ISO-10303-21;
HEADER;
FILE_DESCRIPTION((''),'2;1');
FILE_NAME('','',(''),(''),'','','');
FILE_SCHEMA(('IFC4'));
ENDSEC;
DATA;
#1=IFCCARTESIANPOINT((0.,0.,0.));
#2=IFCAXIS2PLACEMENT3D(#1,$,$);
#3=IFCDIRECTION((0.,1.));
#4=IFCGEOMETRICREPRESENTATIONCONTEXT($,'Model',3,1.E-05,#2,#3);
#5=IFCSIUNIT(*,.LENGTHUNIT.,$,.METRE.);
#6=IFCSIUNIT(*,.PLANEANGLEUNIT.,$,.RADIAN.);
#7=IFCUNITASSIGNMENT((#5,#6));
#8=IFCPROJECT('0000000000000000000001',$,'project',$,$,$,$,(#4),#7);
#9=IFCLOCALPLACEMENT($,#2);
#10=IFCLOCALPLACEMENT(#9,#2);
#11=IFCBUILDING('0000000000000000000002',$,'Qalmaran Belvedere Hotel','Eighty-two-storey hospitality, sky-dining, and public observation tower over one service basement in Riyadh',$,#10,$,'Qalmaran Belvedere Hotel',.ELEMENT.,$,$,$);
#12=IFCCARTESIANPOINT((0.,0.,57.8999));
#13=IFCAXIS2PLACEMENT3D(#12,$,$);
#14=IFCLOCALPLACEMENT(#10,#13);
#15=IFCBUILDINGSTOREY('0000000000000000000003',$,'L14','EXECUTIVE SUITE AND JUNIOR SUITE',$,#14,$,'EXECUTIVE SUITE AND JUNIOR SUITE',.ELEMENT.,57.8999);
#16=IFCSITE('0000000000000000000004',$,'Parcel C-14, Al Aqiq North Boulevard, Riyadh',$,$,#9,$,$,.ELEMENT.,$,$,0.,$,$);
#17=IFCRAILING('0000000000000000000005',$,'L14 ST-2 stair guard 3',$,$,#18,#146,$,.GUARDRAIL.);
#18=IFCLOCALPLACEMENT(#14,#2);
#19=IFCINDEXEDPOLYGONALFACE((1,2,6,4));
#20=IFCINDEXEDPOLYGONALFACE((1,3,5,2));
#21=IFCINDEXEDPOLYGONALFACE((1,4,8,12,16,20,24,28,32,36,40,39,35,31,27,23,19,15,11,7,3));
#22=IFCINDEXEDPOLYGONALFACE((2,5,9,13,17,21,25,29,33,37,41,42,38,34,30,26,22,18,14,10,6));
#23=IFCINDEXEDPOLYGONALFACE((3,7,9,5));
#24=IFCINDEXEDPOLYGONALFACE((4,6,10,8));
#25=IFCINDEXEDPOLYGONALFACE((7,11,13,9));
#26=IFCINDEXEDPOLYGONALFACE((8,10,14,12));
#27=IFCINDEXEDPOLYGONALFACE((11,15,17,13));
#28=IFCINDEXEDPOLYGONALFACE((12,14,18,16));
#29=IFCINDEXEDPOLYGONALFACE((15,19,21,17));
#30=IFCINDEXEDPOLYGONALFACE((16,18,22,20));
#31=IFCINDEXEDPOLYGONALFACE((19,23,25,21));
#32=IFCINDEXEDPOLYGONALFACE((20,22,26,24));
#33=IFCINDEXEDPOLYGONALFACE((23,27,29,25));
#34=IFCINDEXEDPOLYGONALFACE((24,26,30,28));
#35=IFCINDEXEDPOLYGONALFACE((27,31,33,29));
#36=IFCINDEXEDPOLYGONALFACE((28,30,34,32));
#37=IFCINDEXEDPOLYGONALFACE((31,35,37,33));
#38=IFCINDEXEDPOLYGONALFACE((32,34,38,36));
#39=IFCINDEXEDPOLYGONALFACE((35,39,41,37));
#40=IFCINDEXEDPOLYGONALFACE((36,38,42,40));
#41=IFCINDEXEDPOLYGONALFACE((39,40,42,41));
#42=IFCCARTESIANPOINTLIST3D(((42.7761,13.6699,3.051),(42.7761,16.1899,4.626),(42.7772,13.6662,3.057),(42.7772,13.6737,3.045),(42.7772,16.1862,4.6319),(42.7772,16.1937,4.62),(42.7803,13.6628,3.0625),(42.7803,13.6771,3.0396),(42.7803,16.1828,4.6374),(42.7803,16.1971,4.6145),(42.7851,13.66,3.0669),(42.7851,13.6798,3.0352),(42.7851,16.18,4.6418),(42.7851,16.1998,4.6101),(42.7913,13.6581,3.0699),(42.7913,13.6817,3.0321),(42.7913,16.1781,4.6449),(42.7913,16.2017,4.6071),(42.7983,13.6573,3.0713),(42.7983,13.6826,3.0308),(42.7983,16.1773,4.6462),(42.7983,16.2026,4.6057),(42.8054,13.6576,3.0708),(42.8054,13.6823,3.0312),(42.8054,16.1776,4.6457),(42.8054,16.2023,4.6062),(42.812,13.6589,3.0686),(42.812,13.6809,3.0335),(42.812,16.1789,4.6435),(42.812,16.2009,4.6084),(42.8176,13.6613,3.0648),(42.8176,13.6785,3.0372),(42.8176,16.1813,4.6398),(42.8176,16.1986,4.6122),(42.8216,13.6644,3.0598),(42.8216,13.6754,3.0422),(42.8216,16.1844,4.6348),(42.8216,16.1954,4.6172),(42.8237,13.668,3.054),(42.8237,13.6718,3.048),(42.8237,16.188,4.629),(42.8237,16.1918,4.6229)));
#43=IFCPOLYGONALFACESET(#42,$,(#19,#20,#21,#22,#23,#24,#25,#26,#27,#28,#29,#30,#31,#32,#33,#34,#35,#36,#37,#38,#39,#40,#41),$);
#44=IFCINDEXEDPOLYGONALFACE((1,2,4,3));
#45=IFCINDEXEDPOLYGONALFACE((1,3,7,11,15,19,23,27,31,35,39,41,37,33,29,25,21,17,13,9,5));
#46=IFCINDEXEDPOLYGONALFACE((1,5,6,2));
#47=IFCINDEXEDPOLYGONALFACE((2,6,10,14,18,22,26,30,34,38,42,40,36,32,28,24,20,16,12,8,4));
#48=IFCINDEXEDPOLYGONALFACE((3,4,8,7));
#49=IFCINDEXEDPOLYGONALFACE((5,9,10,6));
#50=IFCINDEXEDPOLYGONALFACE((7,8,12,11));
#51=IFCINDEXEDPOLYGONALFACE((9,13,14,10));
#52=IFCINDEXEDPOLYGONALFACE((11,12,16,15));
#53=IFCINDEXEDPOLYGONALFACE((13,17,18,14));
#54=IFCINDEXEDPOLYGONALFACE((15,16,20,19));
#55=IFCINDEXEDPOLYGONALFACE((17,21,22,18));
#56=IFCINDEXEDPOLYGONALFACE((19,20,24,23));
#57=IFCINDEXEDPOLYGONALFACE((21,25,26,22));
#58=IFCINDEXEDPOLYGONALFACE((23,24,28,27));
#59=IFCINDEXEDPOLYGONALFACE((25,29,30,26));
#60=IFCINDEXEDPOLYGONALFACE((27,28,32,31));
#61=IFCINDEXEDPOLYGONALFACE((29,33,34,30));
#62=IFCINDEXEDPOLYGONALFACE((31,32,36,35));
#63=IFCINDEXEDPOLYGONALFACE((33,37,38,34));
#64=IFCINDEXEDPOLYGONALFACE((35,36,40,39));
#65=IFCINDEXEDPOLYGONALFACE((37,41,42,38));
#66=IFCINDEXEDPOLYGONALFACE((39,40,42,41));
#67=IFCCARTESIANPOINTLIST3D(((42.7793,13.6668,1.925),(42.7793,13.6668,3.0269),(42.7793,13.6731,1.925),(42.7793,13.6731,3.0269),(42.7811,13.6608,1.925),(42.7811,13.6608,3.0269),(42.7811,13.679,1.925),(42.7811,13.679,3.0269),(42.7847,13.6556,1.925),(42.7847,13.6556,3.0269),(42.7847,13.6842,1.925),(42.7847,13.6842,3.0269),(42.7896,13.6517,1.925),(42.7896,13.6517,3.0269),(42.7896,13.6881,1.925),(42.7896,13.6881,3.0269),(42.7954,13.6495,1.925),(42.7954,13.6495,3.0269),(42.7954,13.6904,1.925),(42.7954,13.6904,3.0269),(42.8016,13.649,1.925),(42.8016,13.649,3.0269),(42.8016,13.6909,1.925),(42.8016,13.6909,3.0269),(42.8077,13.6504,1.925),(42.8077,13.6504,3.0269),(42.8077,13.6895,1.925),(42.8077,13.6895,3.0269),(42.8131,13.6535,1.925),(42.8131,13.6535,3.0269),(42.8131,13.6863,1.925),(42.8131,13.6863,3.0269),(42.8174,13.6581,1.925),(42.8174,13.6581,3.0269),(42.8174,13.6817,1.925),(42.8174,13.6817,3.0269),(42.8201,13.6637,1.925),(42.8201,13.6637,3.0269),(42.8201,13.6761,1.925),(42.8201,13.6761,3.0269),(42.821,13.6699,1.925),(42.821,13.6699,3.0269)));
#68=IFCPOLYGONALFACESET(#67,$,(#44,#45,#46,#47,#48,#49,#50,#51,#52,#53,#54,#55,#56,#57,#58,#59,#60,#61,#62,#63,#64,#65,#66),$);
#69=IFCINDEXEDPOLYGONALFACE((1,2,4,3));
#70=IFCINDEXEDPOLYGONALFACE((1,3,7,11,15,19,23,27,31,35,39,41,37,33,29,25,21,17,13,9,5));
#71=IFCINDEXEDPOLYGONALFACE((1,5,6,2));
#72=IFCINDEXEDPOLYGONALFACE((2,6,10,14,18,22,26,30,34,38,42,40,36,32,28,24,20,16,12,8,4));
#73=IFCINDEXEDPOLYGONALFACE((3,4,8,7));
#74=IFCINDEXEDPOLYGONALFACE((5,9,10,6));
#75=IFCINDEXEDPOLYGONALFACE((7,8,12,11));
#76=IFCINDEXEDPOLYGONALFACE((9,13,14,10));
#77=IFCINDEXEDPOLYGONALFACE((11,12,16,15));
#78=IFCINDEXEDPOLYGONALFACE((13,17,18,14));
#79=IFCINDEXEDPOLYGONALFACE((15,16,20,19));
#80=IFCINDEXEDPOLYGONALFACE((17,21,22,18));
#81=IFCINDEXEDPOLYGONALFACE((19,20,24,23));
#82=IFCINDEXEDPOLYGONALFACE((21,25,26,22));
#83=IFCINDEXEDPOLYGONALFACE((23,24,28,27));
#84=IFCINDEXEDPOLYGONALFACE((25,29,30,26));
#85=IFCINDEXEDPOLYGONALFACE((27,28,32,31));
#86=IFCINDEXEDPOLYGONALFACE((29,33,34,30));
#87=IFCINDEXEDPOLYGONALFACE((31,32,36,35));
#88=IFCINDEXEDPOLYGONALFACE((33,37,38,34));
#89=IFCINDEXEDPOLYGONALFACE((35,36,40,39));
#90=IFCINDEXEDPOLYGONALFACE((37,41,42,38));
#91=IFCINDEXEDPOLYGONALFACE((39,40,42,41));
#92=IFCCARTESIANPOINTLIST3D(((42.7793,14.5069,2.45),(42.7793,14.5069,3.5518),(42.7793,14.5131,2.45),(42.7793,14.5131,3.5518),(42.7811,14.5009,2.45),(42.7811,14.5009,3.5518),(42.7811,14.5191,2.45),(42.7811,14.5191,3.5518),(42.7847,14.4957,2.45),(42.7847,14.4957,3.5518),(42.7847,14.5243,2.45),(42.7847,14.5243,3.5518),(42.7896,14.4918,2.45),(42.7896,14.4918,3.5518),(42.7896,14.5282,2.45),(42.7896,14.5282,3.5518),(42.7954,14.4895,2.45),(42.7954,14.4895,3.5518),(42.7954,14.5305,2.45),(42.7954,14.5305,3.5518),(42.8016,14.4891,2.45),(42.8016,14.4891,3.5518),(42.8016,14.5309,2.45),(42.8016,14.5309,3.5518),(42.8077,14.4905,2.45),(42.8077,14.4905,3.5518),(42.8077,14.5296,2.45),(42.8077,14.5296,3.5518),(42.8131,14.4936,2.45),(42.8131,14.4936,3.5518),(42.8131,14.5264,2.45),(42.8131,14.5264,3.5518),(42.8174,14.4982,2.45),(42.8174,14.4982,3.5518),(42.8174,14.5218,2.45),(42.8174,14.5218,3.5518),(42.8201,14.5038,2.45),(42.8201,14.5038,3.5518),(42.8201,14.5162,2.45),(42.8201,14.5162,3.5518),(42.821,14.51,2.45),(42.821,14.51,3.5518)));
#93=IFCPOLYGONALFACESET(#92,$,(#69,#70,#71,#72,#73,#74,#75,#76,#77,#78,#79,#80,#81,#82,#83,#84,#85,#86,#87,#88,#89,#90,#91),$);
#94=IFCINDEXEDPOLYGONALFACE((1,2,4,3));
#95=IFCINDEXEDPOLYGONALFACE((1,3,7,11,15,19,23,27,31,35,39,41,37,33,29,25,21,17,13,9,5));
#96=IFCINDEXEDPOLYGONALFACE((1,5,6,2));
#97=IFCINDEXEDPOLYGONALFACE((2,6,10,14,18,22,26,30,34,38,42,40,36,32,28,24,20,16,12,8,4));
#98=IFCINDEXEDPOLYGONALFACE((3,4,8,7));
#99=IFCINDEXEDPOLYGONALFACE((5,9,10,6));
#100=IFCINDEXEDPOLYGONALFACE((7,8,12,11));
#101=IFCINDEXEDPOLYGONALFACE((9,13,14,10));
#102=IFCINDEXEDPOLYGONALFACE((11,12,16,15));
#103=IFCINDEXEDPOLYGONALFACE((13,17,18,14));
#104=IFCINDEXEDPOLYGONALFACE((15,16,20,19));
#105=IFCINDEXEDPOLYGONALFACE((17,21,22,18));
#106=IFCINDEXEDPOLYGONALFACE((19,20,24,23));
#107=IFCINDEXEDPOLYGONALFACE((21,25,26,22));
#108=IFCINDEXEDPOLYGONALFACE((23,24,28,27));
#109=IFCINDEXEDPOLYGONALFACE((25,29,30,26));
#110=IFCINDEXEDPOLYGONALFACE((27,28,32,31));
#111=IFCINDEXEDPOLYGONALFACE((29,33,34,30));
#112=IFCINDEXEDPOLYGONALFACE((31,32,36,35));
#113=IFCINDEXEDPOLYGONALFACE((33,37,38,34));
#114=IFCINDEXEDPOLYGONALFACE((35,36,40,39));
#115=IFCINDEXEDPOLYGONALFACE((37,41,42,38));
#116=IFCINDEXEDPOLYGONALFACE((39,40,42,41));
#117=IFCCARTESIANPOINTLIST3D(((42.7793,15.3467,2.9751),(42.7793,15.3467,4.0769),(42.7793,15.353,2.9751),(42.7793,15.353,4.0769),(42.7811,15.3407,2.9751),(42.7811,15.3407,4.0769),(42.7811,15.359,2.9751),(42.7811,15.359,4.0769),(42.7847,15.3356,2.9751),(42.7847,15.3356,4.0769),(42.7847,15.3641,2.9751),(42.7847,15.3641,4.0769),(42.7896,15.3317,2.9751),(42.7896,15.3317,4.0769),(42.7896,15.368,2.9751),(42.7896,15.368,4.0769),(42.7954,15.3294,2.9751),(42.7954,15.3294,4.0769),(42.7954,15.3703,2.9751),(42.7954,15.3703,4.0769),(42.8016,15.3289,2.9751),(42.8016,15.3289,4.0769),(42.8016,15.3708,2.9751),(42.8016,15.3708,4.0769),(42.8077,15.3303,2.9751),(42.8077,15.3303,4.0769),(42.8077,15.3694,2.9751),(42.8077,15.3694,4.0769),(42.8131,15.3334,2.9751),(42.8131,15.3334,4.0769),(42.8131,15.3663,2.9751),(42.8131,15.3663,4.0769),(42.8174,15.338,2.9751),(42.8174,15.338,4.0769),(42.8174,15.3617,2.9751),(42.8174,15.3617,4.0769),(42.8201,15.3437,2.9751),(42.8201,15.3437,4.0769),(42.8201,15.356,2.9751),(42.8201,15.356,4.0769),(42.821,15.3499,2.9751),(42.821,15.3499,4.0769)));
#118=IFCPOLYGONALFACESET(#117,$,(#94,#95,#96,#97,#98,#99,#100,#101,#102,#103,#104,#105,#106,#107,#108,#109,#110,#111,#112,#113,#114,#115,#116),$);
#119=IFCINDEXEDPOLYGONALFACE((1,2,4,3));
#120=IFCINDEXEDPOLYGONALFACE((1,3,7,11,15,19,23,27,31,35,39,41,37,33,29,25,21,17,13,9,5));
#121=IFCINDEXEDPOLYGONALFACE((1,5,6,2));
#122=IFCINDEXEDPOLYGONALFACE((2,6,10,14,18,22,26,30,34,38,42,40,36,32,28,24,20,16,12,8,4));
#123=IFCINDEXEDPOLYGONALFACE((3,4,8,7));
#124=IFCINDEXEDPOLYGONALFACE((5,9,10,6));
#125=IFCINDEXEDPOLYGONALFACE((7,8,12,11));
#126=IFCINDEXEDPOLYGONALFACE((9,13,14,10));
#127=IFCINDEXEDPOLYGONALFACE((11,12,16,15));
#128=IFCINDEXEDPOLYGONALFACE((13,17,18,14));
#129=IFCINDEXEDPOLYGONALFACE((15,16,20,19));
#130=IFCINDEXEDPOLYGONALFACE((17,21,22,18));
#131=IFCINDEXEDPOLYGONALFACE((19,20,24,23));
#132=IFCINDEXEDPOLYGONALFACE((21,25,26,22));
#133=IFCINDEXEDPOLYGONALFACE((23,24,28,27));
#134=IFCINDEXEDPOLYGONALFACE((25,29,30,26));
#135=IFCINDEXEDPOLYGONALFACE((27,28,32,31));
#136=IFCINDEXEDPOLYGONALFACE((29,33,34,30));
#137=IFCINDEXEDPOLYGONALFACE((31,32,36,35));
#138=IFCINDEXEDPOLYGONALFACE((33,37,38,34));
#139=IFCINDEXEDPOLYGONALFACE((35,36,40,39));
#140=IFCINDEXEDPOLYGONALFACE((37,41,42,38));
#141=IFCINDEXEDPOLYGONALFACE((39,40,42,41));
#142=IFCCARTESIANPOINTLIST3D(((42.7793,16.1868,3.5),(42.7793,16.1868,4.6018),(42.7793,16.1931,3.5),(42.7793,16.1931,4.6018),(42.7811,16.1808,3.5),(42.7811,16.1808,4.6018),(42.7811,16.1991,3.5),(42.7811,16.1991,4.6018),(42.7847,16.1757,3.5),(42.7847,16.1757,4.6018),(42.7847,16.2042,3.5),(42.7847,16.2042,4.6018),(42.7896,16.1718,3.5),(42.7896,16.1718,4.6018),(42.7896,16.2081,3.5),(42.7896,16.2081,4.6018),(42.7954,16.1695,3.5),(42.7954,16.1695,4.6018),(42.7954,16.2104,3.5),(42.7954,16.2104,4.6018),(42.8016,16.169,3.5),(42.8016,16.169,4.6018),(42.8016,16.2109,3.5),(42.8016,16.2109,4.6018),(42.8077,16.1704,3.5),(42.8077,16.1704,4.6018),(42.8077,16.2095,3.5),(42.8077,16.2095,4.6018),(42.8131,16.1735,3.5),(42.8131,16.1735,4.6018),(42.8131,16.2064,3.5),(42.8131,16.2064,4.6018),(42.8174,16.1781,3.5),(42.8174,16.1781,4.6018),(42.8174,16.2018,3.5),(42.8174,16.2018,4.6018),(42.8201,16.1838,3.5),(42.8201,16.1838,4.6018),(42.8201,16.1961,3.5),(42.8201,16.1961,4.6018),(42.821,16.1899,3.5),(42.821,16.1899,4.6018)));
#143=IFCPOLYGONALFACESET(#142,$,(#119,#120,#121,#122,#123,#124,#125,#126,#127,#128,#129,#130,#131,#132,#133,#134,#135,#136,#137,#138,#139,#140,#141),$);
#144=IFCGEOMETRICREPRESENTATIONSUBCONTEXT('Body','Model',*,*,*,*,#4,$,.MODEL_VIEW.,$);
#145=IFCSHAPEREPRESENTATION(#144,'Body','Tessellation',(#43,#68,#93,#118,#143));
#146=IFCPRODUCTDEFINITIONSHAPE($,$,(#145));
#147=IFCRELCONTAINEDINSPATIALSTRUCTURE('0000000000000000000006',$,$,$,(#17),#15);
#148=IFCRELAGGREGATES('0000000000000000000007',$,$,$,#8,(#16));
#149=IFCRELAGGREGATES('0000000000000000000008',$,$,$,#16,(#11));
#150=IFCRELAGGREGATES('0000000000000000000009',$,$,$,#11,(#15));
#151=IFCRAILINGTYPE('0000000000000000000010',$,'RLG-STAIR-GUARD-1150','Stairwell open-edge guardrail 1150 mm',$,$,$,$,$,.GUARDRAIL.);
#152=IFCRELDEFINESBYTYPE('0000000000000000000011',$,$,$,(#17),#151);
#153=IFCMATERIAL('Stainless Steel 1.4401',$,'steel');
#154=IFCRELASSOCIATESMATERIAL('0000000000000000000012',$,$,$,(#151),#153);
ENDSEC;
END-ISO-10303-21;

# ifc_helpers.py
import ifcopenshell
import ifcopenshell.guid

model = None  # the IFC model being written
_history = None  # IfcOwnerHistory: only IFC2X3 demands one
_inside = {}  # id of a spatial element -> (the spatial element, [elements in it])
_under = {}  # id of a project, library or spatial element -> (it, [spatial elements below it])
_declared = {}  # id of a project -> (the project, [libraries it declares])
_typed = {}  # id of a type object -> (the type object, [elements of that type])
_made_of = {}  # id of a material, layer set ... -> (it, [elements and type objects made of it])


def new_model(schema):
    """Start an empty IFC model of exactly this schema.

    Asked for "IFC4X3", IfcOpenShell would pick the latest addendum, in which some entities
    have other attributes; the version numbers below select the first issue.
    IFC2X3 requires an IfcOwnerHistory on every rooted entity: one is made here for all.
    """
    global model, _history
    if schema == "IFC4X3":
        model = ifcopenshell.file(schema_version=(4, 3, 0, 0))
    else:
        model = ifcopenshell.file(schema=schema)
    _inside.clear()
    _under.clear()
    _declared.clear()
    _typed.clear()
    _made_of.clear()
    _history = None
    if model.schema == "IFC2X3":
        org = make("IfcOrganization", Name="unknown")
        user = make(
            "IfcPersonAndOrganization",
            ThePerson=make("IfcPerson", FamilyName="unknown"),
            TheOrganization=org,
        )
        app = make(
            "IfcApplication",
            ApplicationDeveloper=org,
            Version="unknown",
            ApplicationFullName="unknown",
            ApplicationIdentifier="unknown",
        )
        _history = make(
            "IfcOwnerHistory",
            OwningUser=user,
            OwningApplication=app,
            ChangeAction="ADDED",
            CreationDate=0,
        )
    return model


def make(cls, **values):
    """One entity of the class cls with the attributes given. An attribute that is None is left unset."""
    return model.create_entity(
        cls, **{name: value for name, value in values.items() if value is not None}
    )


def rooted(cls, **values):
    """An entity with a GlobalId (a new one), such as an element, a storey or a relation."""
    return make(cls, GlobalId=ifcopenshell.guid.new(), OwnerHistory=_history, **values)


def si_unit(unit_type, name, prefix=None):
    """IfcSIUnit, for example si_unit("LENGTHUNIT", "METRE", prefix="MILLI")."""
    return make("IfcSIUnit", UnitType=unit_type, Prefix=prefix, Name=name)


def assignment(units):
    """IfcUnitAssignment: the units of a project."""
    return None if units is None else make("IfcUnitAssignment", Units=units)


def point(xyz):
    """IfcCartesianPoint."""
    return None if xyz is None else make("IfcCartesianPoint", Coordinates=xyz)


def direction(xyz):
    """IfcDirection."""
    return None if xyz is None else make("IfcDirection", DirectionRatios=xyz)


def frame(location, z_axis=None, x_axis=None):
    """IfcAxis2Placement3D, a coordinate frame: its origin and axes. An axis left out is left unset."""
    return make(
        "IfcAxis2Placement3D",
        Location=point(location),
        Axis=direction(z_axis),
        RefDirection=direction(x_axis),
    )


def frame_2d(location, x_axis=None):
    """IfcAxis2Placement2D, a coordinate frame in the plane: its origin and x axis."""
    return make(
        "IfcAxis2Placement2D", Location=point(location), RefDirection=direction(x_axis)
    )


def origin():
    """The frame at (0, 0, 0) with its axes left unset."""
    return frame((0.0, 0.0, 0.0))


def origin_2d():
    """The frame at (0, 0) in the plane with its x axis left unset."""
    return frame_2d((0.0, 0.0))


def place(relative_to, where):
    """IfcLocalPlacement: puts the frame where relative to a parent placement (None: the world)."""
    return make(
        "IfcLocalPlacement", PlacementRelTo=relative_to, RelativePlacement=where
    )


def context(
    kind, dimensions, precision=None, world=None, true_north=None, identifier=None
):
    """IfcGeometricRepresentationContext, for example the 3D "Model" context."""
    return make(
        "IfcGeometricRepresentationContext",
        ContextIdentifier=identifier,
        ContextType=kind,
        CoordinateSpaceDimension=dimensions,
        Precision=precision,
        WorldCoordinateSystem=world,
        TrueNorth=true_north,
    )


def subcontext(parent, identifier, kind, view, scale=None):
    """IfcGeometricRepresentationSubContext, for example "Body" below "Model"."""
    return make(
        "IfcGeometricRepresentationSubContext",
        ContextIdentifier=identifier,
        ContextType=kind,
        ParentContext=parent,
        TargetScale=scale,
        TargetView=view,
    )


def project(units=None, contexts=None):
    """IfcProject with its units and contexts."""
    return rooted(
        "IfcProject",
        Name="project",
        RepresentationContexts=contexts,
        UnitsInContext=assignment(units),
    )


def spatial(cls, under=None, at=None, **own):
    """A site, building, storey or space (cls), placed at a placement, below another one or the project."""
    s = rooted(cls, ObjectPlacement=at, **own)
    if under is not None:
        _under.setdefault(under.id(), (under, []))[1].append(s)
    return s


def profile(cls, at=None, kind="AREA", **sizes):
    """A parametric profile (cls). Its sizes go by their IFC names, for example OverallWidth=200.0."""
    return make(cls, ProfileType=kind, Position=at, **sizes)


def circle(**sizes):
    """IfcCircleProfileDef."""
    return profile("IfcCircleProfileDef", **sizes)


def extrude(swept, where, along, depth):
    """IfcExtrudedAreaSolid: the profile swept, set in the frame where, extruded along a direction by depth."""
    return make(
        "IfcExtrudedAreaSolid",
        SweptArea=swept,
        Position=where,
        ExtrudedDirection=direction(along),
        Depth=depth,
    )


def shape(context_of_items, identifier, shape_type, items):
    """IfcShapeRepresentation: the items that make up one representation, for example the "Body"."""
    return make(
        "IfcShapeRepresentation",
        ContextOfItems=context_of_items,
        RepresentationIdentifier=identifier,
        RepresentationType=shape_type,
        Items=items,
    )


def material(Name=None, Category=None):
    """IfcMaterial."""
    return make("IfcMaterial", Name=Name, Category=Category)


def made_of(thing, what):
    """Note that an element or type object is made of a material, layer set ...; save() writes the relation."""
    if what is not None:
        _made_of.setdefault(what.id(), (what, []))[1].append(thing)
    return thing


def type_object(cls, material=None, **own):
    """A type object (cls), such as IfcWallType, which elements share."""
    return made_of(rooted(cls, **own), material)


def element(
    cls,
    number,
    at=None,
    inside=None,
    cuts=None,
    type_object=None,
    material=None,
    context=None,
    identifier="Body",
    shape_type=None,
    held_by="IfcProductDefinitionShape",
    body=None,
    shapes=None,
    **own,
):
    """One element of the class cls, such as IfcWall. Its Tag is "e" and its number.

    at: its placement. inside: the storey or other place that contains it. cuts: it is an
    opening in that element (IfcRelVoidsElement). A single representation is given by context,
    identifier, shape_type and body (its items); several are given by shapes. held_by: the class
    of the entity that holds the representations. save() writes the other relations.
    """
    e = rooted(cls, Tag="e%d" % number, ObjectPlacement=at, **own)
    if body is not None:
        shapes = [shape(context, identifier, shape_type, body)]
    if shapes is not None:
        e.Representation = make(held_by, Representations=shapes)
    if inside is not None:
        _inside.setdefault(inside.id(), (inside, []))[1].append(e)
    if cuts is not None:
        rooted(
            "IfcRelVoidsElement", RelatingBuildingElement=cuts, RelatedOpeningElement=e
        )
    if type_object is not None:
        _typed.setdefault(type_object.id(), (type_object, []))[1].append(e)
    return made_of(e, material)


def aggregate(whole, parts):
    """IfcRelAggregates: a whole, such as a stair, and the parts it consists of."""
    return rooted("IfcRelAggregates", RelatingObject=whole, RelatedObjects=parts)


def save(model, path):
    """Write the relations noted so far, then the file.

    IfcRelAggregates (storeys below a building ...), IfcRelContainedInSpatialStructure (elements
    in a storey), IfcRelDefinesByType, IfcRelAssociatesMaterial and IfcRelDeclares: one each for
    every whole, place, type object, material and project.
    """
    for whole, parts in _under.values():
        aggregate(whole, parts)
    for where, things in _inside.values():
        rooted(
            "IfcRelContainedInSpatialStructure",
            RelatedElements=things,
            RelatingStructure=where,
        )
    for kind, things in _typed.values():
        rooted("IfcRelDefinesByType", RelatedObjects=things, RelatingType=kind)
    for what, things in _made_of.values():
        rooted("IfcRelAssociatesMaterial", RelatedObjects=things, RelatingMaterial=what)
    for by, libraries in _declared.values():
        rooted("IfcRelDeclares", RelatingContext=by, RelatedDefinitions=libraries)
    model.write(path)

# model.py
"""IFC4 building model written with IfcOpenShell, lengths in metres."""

from ifc_helpers import new_model, si_unit, direction, frame, origin, origin_2d, place, context, subcontext, project, spatial, circle, extrude, material, type_object, element, save


model = new_model("IFC4")

# Units and contexts
model_context = context("Model", 3, precision=1e-05, world=origin(), true_north=direction((0.0, 1.0)))
body_context = subcontext(model_context, "Body", "Model", "MODEL_VIEW")
ifc_project = project(units=[si_unit("LENGTHUNIT", "METRE"), si_unit("PLANEANGLEUNIT", "RADIAN")], contexts=[model_context])

# Site, building, storey
site_placement = place(None, origin())
site = spatial("IfcSite", under=ifc_project, at=site_placement, Name="Parcel C-14, Al Aqiq North Boulevard, Riyadh", CompositionType="ELEMENT", RefElevation=0.0)
building_placement = place(site_placement, origin())
building = spatial("IfcBuilding", under=site, at=building_placement, Name="Qalmaran Belvedere Hotel", Description="Eighty-two-storey hospitality, sky-dining, and public observation tower over one service basement in Riyadh", LongName="Qalmaran Belvedere Hotel", CompositionType="ELEMENT")
storey_placement = place(building_placement, frame((0.0, 0.0, 57.8999)))
storey = spatial("IfcBuildingStorey", under=building, at=storey_placement, Name="L14", Description="EXECUTIVE SUITE AND JUNIOR SUITE", LongName="EXECUTIVE SUITE AND JUNIOR SUITE", CompositionType="ELEMENT", Elevation=57.8999)

# Shared definitions
ifc_material_1 = material(Name="Stainless Steel 1.4401", Category="steel")

# Railing
railing_type_1 = type_object("IfcRailingType", Name="RLG-STAIR-GUARD-1150", Description="Stairwell open-edge guardrail 1150 mm", PredefinedType="GUARDRAIL", material=ifc_material_1)
railing_1_placement = place(storey_placement, frame((42.8, 13.6699, 1.925)))
element("IfcRailing", 1, at=railing_1_placement, inside=storey, type_object=railing_type_1, Name="L14 ST-2 stair guard 3", PredefinedType="GUARDRAIL", context=body_context, shape_type="SweptSolid", body=[
    extrude(circle(Radius=0.0239, at=origin_2d()), frame((0.0, 0.0, 1.126), z_axis=(0.0, 0.848008, 0.529984), x_axis=(-1.0, 0.0, 0.0)), (0.0, 0.0, 1.0), 2.9717),
    extrude(circle(Radius=0.021, at=origin_2d()), origin(), (0.0, 0.0, 1.0), 1.1018),
    extrude(circle(Radius=0.021, at=origin_2d()), frame((0.0, 0.8401, 0.5249)), (0.0, 0.0, 1.0), 1.1018),
    extrude(circle(Radius=0.021, at=origin_2d()), frame((0.0, 1.6799, 1.05)), (0.0, 0.0, 1.0), 1.1018),
    extrude(circle(Radius=0.021, at=origin_2d()), frame((0.0, 2.52, 1.575)), (0.0, 0.0, 1.0), 1.1018),
])

save(model, "model.ifc")
